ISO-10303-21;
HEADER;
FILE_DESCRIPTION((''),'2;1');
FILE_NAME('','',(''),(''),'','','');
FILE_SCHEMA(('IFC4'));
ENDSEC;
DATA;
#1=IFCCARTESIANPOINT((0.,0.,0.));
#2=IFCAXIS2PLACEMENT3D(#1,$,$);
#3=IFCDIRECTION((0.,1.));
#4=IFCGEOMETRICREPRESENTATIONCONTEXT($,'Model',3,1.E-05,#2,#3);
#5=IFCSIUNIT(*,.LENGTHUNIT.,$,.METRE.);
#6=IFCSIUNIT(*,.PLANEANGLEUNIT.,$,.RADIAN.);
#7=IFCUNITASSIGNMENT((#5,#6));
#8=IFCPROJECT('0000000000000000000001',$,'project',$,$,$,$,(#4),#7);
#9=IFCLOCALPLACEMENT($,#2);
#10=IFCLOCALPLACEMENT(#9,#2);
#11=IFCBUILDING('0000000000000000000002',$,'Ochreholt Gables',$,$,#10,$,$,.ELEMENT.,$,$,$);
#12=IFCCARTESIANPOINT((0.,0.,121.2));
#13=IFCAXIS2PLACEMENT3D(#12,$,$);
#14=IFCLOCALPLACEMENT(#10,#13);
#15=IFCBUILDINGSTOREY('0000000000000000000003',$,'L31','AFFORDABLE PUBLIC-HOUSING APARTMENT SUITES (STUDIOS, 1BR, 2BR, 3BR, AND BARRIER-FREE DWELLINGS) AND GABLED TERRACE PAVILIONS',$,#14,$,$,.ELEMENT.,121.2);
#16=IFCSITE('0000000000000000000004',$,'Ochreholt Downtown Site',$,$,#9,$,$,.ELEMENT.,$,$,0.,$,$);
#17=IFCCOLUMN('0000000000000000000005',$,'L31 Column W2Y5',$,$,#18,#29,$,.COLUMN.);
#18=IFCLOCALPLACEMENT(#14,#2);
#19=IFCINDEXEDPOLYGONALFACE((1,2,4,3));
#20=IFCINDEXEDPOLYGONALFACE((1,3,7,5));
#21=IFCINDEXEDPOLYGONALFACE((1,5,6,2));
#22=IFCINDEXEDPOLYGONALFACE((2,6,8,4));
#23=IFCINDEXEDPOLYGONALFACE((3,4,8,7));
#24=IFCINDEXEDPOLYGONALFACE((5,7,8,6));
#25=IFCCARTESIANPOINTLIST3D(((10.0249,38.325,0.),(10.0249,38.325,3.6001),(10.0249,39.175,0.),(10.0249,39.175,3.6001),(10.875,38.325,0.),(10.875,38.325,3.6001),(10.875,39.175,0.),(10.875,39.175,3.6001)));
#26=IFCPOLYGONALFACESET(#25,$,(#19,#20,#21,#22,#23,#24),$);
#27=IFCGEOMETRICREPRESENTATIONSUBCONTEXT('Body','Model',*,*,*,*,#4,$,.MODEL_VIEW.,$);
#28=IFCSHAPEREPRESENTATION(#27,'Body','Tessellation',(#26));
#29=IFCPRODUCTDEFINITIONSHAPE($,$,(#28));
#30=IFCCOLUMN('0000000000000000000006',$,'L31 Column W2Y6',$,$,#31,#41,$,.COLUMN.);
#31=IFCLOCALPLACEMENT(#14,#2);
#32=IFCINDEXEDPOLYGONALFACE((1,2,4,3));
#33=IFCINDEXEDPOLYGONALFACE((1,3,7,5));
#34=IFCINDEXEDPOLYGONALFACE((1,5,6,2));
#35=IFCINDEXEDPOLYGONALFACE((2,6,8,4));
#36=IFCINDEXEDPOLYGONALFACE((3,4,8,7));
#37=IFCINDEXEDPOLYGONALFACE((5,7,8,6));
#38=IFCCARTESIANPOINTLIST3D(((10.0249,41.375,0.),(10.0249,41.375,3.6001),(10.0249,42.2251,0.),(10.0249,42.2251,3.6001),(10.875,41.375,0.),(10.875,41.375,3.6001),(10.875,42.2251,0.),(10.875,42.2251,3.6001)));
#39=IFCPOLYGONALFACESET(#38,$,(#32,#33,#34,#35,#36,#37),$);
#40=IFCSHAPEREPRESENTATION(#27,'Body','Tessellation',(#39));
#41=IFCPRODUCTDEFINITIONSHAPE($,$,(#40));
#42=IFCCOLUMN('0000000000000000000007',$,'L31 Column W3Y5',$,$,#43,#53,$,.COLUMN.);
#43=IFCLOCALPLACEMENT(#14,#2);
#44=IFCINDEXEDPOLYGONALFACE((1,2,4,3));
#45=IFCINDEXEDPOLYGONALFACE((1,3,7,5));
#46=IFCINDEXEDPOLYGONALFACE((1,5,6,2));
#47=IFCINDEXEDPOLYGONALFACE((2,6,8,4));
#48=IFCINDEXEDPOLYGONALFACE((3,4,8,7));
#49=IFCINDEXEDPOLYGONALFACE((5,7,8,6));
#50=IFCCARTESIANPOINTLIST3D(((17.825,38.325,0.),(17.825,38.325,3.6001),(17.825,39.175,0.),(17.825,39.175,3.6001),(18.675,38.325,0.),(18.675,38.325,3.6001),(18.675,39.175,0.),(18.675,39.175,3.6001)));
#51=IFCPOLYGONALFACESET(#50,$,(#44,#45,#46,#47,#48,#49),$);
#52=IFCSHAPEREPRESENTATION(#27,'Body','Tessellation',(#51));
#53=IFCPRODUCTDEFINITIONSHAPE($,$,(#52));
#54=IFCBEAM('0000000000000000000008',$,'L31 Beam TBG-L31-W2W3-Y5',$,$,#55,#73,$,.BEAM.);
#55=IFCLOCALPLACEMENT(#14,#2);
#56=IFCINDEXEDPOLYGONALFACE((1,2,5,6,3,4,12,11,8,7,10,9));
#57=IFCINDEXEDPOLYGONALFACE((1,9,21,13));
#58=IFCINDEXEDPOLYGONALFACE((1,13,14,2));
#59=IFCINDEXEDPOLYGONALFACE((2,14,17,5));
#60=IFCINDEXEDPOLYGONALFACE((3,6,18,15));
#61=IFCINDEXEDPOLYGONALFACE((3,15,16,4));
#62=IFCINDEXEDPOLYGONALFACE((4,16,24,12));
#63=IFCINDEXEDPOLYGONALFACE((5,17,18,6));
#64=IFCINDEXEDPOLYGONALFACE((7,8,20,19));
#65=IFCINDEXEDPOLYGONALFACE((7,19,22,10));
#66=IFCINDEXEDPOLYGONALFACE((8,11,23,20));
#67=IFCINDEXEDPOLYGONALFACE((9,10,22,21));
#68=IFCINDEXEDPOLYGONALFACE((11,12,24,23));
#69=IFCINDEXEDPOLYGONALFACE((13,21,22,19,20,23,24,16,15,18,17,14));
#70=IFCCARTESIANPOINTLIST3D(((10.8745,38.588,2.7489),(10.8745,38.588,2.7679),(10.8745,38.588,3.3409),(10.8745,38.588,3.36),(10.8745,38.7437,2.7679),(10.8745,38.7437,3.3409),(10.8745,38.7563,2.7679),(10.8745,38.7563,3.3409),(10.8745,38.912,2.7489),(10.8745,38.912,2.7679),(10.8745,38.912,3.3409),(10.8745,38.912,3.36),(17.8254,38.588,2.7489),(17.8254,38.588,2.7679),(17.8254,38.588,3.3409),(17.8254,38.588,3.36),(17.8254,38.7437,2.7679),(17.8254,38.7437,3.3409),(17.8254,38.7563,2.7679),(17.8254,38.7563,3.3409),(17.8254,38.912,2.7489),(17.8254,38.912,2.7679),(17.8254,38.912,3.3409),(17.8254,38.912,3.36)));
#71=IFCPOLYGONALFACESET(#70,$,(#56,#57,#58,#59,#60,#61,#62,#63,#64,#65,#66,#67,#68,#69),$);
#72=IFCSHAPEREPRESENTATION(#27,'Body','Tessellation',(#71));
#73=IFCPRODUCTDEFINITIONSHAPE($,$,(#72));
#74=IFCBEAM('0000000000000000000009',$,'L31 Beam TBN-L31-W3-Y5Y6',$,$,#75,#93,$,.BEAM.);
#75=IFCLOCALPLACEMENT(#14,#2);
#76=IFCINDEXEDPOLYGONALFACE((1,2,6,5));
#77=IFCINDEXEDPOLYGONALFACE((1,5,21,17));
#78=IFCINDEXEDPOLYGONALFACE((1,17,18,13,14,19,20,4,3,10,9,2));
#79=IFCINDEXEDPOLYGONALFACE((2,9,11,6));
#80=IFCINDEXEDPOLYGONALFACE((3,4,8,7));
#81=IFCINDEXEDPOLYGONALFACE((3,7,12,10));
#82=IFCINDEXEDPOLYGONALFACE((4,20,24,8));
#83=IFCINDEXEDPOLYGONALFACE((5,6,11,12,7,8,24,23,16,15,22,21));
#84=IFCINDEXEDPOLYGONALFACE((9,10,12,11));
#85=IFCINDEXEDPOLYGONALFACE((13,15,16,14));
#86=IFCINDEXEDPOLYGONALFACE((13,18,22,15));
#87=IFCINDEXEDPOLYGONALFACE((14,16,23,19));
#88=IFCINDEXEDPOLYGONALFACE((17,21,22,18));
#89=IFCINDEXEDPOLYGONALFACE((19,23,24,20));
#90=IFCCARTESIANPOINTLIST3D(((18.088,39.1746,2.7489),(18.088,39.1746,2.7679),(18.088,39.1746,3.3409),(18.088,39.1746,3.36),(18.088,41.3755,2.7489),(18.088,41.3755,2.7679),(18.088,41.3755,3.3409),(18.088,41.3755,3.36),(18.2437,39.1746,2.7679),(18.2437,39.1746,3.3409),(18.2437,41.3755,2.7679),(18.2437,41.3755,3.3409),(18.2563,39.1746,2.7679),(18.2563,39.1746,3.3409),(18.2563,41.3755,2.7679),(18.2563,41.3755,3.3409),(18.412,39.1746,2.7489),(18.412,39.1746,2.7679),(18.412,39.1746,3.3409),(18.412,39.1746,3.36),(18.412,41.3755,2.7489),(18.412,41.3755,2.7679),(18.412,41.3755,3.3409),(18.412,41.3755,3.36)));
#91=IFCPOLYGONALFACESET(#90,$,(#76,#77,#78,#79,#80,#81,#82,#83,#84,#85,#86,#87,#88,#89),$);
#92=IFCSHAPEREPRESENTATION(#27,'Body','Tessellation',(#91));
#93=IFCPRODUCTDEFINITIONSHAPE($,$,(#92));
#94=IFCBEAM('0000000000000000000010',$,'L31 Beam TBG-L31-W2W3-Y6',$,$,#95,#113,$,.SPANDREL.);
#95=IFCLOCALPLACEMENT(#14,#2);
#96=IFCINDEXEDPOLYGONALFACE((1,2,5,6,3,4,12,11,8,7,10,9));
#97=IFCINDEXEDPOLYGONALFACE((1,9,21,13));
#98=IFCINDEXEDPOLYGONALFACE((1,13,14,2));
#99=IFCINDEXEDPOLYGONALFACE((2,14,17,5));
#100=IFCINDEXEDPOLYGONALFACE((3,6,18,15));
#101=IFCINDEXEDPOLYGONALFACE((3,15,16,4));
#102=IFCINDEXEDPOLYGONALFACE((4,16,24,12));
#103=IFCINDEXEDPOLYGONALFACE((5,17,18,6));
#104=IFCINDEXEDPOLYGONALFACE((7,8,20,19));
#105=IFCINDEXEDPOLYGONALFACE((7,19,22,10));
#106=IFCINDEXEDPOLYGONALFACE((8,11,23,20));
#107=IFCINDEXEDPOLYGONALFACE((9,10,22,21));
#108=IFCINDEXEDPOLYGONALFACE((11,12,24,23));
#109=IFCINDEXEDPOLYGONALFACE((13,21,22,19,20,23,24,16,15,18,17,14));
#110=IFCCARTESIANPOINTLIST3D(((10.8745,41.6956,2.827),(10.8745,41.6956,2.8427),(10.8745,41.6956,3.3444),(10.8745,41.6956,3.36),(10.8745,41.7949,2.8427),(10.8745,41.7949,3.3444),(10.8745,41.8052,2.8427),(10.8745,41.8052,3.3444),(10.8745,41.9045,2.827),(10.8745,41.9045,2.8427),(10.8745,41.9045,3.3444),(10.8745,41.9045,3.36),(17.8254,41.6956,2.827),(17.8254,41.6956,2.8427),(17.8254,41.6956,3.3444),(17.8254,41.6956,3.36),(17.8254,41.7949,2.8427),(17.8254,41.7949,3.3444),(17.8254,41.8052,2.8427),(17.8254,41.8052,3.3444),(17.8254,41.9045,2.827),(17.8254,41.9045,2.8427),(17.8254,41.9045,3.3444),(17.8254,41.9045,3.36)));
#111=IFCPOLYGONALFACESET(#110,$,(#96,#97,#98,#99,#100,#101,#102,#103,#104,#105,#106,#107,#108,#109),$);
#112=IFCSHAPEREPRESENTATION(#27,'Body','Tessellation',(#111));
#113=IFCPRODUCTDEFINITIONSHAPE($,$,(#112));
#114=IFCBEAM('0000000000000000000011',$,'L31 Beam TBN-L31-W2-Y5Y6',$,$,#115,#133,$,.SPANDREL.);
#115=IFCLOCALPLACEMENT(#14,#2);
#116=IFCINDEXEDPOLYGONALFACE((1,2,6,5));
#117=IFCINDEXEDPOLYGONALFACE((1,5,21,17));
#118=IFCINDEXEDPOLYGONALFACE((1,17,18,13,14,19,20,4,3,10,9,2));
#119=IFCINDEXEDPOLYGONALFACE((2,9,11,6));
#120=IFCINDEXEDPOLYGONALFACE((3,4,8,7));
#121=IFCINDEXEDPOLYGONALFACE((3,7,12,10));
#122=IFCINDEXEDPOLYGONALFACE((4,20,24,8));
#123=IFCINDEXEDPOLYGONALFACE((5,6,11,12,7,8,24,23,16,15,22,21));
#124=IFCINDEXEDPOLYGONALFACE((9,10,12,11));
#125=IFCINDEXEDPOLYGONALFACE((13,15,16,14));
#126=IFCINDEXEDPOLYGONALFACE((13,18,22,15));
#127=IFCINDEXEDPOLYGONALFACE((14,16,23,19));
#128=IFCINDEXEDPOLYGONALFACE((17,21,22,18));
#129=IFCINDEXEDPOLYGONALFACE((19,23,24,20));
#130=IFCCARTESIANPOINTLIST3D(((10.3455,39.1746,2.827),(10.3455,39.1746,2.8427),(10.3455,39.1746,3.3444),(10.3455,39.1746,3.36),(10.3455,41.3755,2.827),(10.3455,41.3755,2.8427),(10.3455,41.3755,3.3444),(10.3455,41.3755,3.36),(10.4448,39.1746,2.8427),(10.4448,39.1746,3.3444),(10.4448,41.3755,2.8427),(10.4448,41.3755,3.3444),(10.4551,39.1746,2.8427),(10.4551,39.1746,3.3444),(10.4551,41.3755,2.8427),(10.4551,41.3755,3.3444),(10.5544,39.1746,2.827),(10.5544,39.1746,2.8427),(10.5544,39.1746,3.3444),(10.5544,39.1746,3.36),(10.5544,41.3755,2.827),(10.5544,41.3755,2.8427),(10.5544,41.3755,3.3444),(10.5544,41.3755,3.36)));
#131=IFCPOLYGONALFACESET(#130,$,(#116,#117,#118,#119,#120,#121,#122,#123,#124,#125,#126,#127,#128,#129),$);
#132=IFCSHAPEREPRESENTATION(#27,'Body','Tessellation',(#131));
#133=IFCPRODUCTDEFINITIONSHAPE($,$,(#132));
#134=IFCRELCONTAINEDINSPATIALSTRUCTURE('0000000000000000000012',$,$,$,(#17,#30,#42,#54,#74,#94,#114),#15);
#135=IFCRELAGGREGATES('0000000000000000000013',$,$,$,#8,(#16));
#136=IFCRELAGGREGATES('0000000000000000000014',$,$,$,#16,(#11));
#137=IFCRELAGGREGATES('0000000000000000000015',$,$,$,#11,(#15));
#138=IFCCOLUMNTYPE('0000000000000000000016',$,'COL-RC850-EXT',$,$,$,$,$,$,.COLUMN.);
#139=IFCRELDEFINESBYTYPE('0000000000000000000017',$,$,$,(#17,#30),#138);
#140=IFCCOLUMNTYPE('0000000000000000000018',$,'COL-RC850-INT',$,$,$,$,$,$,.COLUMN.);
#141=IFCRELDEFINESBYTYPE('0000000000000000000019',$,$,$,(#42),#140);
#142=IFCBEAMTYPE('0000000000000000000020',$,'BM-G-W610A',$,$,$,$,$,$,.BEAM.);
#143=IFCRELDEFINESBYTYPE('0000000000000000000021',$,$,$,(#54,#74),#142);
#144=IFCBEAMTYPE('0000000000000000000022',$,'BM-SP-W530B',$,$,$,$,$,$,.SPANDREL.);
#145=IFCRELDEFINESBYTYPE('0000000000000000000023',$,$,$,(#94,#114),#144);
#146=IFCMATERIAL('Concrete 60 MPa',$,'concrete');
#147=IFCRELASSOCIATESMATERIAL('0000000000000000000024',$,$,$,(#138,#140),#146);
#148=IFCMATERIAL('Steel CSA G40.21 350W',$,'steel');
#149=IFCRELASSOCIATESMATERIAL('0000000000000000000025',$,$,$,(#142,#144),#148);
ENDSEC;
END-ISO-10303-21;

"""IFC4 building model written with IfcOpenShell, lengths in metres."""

from ifc_helpers import new_model, si_unit, direction, frame, origin, origin_2d, place, context, subcontext, project, spatial, rectangle, i_section, extrude, material, material_profile, profile_set, type_object, element, save


model = new_model("IFC4")

# Units and contexts
model_context = context("Model", 3, precision=1e-05, world=origin(), true_north=direction((0.0, 1.0)))
body_context = subcontext(model_context, "Body", "Model", "MODEL_VIEW")
ifc_project = project(units=[si_unit("LENGTHUNIT", "METRE"), si_unit("PLANEANGLEUNIT", "RADIAN")], contexts=[model_context])

# Site, building, storey
site_placement = place(None, origin())
site = spatial("IfcSite", under=ifc_project, at=site_placement, Name="Ochreholt Downtown Site", CompositionType="ELEMENT", RefElevation=0.0)
building_placement = place(site_placement, origin())
building = spatial("IfcBuilding", under=site, at=building_placement, Name="Ochreholt Gables", CompositionType="ELEMENT")
storey_placement = place(building_placement, frame((0.0, 0.0, 121.2)))
storey = spatial("IfcBuildingStorey", under=building, at=storey_placement, Name="L31", Description="AFFORDABLE PUBLIC-HOUSING APARTMENT SUITES (STUDIOS, 1BR, 2BR, 3BR, AND BARRIER-FREE DWELLINGS) AND GABLED TERRACE PAVILIONS", CompositionType="ELEMENT", Elevation=121.2)

# Columns
ifc_material_1 = material(Name="Concrete 60 MPa", Category="concrete")
ifc_material_profile_1 = material_profile(ifc_material_1, rectangle(XDim=0.8501, YDim=0.8501, at=origin_2d()), Name="RC850X850")
ifc_profile_set_1 = profile_set([ifc_material_profile_1], Name="Concrete 60 MPa")
column_type_1 = type_object("IfcColumnType", Name="COL-RC850-EXT", PredefinedType="COLUMN", material=ifc_profile_set_1)
for number, where, z_axis, x_axis, name in (
    (1, (10.45, 38.75, 0.0), (0.0, 0.0, 1.0), (1.0, 0.0, 0.0), "L31 Column W2Y5"),
    (2, (10.45, 41.8, 0.0), (0.0, 0.0, 1.0), (1.0, 0.0, 0.0), "L31 Column W2Y6"),
):
    element("IfcColumn", number, at=place(storey_placement, frame(where, z_axis=z_axis, x_axis=x_axis)), inside=storey, type_object=column_type_1, Name=name, PredefinedType="COLUMN", context=body_context, shape_type="SweptSolid", body=[
        extrude(rectangle(XDim=0.8501, YDim=0.8501, at=origin_2d()), origin(), (0.0, 0.0, 1.0), 3.6001),
    ])
ifc_material_profile_2 = material_profile(ifc_material_1, rectangle(XDim=0.8501, YDim=0.8501, at=origin_2d()), Name="RC850X850")
ifc_profile_set_2 = profile_set([ifc_material_profile_2], Name="Concrete 60 MPa")
column_type_2 = type_object("IfcColumnType", Name="COL-RC850-INT", PredefinedType="COLUMN", material=ifc_profile_set_2)
column_placement = place(storey_placement, frame((18.25, 38.75, 0.0), z_axis=(0.0, 0.0, 1.0), x_axis=(1.0, 0.0, 0.0)))
element("IfcColumn", 3, at=column_placement, inside=storey, type_object=column_type_2, Name="L31 Column W3Y5", PredefinedType="COLUMN", context=body_context, shape_type="SweptSolid", body=[
    extrude(rectangle(XDim=0.8501, YDim=0.8501, at=origin_2d()), origin(), (0.0, 0.0, 1.0), 3.6001),
])

# Beams
ifc_material_2 = material(Name="Steel CSA G40.21 350W", Category="steel")
ifc_material_profile_3 = material_profile(ifc_material_2, i_section(OverallWidth=0.324, OverallDepth=0.6111, WebThickness=0.0127, FlangeThickness=0.019, at=origin_2d()), Name="W610X155")
ifc_profile_set_3 = profile_set([ifc_material_profile_3], Name="Steel CSA G40.21 350W")
beam_type_1 = type_object("IfcBeamType", Name="BM-G-W610A", PredefinedType="BEAM", material=ifc_profile_set_3)
beam_1_placement = place(storey_placement, frame((10.8745, 38.75, 3.0544), z_axis=(1.0, 0.0, 0.0), x_axis=(0.0, 1.0, 0.0)))
element("IfcBeam", 4, at=beam_1_placement, inside=storey, type_object=beam_type_1, Name="L31 Beam TBG-L31-W2W3-Y5", PredefinedType="BEAM", context=body_context, shape_type="SweptSolid", body=[
    extrude(i_section(OverallWidth=0.324, OverallDepth=0.6111, WebThickness=0.0127, FlangeThickness=0.019, at=origin_2d()), origin(), (0.0, 0.0, 1.0), 6.9509),
])
beam_2_placement = place(storey_placement, frame((18.25, 39.1746, 3.0544), z_axis=(0.0, 1.0, 0.0), x_axis=(-1.0, 0.0, 0.0)))
element("IfcBeam", 5, at=beam_2_placement, inside=storey, type_object=beam_type_1, Name="L31 Beam TBN-L31-W3-Y5Y6", PredefinedType="BEAM", context=body_context, shape_type="SweptSolid", body=[
    extrude(i_section(OverallWidth=0.324, OverallDepth=0.6111, WebThickness=0.0127, FlangeThickness=0.019, at=origin_2d()), origin(), (0.0, 0.0, 1.0), 2.2009),
])
ifc_material_profile_4 = material_profile(ifc_material_2, i_section(OverallWidth=0.209, OverallDepth=0.533, WebThickness=0.0103, FlangeThickness=0.0156, at=origin_2d()), Name="W530X92")
ifc_profile_set_4 = profile_set([ifc_material_profile_4], Name="Steel CSA G40.21 350W")
beam_type_2 = type_object("IfcBeamType", Name="BM-SP-W530B", PredefinedType="SPANDREL", material=ifc_profile_set_4)
beam_3_placement = place(storey_placement, frame((10.8745, 41.8, 3.0935), z_axis=(1.0, 0.0, 0.0), x_axis=(0.0, 1.0, 0.0)))
element("IfcBeam", 6, at=beam_3_placement, inside=storey, type_object=beam_type_2, Name="L31 Beam TBG-L31-W2W3-Y6", PredefinedType="SPANDREL", context=body_context, shape_type="SweptSolid", body=[
    extrude(i_section(OverallWidth=0.209, OverallDepth=0.533, WebThickness=0.0103, FlangeThickness=0.0156, at=origin_2d()), origin(), (0.0, 0.0, 1.0), 6.9509),
])
beam_4_placement = place(storey_placement, frame((10.45, 39.1746, 3.0935), z_axis=(0.0, 1.0, 0.0), x_axis=(-1.0, 0.0, 0.0)))
element("IfcBeam", 7, at=beam_4_placement, inside=storey, type_object=beam_type_2, Name="L31 Beam TBN-L31-W2-Y5Y6", PredefinedType="SPANDREL", context=body_context, shape_type="SweptSolid", body=[
    extrude(i_section(OverallWidth=0.209, OverallDepth=0.533, WebThickness=0.0103, FlangeThickness=0.0156, at=origin_2d()), origin(), (0.0, 0.0, 1.0), 2.2009),
])

save(model, "model.ifc")
